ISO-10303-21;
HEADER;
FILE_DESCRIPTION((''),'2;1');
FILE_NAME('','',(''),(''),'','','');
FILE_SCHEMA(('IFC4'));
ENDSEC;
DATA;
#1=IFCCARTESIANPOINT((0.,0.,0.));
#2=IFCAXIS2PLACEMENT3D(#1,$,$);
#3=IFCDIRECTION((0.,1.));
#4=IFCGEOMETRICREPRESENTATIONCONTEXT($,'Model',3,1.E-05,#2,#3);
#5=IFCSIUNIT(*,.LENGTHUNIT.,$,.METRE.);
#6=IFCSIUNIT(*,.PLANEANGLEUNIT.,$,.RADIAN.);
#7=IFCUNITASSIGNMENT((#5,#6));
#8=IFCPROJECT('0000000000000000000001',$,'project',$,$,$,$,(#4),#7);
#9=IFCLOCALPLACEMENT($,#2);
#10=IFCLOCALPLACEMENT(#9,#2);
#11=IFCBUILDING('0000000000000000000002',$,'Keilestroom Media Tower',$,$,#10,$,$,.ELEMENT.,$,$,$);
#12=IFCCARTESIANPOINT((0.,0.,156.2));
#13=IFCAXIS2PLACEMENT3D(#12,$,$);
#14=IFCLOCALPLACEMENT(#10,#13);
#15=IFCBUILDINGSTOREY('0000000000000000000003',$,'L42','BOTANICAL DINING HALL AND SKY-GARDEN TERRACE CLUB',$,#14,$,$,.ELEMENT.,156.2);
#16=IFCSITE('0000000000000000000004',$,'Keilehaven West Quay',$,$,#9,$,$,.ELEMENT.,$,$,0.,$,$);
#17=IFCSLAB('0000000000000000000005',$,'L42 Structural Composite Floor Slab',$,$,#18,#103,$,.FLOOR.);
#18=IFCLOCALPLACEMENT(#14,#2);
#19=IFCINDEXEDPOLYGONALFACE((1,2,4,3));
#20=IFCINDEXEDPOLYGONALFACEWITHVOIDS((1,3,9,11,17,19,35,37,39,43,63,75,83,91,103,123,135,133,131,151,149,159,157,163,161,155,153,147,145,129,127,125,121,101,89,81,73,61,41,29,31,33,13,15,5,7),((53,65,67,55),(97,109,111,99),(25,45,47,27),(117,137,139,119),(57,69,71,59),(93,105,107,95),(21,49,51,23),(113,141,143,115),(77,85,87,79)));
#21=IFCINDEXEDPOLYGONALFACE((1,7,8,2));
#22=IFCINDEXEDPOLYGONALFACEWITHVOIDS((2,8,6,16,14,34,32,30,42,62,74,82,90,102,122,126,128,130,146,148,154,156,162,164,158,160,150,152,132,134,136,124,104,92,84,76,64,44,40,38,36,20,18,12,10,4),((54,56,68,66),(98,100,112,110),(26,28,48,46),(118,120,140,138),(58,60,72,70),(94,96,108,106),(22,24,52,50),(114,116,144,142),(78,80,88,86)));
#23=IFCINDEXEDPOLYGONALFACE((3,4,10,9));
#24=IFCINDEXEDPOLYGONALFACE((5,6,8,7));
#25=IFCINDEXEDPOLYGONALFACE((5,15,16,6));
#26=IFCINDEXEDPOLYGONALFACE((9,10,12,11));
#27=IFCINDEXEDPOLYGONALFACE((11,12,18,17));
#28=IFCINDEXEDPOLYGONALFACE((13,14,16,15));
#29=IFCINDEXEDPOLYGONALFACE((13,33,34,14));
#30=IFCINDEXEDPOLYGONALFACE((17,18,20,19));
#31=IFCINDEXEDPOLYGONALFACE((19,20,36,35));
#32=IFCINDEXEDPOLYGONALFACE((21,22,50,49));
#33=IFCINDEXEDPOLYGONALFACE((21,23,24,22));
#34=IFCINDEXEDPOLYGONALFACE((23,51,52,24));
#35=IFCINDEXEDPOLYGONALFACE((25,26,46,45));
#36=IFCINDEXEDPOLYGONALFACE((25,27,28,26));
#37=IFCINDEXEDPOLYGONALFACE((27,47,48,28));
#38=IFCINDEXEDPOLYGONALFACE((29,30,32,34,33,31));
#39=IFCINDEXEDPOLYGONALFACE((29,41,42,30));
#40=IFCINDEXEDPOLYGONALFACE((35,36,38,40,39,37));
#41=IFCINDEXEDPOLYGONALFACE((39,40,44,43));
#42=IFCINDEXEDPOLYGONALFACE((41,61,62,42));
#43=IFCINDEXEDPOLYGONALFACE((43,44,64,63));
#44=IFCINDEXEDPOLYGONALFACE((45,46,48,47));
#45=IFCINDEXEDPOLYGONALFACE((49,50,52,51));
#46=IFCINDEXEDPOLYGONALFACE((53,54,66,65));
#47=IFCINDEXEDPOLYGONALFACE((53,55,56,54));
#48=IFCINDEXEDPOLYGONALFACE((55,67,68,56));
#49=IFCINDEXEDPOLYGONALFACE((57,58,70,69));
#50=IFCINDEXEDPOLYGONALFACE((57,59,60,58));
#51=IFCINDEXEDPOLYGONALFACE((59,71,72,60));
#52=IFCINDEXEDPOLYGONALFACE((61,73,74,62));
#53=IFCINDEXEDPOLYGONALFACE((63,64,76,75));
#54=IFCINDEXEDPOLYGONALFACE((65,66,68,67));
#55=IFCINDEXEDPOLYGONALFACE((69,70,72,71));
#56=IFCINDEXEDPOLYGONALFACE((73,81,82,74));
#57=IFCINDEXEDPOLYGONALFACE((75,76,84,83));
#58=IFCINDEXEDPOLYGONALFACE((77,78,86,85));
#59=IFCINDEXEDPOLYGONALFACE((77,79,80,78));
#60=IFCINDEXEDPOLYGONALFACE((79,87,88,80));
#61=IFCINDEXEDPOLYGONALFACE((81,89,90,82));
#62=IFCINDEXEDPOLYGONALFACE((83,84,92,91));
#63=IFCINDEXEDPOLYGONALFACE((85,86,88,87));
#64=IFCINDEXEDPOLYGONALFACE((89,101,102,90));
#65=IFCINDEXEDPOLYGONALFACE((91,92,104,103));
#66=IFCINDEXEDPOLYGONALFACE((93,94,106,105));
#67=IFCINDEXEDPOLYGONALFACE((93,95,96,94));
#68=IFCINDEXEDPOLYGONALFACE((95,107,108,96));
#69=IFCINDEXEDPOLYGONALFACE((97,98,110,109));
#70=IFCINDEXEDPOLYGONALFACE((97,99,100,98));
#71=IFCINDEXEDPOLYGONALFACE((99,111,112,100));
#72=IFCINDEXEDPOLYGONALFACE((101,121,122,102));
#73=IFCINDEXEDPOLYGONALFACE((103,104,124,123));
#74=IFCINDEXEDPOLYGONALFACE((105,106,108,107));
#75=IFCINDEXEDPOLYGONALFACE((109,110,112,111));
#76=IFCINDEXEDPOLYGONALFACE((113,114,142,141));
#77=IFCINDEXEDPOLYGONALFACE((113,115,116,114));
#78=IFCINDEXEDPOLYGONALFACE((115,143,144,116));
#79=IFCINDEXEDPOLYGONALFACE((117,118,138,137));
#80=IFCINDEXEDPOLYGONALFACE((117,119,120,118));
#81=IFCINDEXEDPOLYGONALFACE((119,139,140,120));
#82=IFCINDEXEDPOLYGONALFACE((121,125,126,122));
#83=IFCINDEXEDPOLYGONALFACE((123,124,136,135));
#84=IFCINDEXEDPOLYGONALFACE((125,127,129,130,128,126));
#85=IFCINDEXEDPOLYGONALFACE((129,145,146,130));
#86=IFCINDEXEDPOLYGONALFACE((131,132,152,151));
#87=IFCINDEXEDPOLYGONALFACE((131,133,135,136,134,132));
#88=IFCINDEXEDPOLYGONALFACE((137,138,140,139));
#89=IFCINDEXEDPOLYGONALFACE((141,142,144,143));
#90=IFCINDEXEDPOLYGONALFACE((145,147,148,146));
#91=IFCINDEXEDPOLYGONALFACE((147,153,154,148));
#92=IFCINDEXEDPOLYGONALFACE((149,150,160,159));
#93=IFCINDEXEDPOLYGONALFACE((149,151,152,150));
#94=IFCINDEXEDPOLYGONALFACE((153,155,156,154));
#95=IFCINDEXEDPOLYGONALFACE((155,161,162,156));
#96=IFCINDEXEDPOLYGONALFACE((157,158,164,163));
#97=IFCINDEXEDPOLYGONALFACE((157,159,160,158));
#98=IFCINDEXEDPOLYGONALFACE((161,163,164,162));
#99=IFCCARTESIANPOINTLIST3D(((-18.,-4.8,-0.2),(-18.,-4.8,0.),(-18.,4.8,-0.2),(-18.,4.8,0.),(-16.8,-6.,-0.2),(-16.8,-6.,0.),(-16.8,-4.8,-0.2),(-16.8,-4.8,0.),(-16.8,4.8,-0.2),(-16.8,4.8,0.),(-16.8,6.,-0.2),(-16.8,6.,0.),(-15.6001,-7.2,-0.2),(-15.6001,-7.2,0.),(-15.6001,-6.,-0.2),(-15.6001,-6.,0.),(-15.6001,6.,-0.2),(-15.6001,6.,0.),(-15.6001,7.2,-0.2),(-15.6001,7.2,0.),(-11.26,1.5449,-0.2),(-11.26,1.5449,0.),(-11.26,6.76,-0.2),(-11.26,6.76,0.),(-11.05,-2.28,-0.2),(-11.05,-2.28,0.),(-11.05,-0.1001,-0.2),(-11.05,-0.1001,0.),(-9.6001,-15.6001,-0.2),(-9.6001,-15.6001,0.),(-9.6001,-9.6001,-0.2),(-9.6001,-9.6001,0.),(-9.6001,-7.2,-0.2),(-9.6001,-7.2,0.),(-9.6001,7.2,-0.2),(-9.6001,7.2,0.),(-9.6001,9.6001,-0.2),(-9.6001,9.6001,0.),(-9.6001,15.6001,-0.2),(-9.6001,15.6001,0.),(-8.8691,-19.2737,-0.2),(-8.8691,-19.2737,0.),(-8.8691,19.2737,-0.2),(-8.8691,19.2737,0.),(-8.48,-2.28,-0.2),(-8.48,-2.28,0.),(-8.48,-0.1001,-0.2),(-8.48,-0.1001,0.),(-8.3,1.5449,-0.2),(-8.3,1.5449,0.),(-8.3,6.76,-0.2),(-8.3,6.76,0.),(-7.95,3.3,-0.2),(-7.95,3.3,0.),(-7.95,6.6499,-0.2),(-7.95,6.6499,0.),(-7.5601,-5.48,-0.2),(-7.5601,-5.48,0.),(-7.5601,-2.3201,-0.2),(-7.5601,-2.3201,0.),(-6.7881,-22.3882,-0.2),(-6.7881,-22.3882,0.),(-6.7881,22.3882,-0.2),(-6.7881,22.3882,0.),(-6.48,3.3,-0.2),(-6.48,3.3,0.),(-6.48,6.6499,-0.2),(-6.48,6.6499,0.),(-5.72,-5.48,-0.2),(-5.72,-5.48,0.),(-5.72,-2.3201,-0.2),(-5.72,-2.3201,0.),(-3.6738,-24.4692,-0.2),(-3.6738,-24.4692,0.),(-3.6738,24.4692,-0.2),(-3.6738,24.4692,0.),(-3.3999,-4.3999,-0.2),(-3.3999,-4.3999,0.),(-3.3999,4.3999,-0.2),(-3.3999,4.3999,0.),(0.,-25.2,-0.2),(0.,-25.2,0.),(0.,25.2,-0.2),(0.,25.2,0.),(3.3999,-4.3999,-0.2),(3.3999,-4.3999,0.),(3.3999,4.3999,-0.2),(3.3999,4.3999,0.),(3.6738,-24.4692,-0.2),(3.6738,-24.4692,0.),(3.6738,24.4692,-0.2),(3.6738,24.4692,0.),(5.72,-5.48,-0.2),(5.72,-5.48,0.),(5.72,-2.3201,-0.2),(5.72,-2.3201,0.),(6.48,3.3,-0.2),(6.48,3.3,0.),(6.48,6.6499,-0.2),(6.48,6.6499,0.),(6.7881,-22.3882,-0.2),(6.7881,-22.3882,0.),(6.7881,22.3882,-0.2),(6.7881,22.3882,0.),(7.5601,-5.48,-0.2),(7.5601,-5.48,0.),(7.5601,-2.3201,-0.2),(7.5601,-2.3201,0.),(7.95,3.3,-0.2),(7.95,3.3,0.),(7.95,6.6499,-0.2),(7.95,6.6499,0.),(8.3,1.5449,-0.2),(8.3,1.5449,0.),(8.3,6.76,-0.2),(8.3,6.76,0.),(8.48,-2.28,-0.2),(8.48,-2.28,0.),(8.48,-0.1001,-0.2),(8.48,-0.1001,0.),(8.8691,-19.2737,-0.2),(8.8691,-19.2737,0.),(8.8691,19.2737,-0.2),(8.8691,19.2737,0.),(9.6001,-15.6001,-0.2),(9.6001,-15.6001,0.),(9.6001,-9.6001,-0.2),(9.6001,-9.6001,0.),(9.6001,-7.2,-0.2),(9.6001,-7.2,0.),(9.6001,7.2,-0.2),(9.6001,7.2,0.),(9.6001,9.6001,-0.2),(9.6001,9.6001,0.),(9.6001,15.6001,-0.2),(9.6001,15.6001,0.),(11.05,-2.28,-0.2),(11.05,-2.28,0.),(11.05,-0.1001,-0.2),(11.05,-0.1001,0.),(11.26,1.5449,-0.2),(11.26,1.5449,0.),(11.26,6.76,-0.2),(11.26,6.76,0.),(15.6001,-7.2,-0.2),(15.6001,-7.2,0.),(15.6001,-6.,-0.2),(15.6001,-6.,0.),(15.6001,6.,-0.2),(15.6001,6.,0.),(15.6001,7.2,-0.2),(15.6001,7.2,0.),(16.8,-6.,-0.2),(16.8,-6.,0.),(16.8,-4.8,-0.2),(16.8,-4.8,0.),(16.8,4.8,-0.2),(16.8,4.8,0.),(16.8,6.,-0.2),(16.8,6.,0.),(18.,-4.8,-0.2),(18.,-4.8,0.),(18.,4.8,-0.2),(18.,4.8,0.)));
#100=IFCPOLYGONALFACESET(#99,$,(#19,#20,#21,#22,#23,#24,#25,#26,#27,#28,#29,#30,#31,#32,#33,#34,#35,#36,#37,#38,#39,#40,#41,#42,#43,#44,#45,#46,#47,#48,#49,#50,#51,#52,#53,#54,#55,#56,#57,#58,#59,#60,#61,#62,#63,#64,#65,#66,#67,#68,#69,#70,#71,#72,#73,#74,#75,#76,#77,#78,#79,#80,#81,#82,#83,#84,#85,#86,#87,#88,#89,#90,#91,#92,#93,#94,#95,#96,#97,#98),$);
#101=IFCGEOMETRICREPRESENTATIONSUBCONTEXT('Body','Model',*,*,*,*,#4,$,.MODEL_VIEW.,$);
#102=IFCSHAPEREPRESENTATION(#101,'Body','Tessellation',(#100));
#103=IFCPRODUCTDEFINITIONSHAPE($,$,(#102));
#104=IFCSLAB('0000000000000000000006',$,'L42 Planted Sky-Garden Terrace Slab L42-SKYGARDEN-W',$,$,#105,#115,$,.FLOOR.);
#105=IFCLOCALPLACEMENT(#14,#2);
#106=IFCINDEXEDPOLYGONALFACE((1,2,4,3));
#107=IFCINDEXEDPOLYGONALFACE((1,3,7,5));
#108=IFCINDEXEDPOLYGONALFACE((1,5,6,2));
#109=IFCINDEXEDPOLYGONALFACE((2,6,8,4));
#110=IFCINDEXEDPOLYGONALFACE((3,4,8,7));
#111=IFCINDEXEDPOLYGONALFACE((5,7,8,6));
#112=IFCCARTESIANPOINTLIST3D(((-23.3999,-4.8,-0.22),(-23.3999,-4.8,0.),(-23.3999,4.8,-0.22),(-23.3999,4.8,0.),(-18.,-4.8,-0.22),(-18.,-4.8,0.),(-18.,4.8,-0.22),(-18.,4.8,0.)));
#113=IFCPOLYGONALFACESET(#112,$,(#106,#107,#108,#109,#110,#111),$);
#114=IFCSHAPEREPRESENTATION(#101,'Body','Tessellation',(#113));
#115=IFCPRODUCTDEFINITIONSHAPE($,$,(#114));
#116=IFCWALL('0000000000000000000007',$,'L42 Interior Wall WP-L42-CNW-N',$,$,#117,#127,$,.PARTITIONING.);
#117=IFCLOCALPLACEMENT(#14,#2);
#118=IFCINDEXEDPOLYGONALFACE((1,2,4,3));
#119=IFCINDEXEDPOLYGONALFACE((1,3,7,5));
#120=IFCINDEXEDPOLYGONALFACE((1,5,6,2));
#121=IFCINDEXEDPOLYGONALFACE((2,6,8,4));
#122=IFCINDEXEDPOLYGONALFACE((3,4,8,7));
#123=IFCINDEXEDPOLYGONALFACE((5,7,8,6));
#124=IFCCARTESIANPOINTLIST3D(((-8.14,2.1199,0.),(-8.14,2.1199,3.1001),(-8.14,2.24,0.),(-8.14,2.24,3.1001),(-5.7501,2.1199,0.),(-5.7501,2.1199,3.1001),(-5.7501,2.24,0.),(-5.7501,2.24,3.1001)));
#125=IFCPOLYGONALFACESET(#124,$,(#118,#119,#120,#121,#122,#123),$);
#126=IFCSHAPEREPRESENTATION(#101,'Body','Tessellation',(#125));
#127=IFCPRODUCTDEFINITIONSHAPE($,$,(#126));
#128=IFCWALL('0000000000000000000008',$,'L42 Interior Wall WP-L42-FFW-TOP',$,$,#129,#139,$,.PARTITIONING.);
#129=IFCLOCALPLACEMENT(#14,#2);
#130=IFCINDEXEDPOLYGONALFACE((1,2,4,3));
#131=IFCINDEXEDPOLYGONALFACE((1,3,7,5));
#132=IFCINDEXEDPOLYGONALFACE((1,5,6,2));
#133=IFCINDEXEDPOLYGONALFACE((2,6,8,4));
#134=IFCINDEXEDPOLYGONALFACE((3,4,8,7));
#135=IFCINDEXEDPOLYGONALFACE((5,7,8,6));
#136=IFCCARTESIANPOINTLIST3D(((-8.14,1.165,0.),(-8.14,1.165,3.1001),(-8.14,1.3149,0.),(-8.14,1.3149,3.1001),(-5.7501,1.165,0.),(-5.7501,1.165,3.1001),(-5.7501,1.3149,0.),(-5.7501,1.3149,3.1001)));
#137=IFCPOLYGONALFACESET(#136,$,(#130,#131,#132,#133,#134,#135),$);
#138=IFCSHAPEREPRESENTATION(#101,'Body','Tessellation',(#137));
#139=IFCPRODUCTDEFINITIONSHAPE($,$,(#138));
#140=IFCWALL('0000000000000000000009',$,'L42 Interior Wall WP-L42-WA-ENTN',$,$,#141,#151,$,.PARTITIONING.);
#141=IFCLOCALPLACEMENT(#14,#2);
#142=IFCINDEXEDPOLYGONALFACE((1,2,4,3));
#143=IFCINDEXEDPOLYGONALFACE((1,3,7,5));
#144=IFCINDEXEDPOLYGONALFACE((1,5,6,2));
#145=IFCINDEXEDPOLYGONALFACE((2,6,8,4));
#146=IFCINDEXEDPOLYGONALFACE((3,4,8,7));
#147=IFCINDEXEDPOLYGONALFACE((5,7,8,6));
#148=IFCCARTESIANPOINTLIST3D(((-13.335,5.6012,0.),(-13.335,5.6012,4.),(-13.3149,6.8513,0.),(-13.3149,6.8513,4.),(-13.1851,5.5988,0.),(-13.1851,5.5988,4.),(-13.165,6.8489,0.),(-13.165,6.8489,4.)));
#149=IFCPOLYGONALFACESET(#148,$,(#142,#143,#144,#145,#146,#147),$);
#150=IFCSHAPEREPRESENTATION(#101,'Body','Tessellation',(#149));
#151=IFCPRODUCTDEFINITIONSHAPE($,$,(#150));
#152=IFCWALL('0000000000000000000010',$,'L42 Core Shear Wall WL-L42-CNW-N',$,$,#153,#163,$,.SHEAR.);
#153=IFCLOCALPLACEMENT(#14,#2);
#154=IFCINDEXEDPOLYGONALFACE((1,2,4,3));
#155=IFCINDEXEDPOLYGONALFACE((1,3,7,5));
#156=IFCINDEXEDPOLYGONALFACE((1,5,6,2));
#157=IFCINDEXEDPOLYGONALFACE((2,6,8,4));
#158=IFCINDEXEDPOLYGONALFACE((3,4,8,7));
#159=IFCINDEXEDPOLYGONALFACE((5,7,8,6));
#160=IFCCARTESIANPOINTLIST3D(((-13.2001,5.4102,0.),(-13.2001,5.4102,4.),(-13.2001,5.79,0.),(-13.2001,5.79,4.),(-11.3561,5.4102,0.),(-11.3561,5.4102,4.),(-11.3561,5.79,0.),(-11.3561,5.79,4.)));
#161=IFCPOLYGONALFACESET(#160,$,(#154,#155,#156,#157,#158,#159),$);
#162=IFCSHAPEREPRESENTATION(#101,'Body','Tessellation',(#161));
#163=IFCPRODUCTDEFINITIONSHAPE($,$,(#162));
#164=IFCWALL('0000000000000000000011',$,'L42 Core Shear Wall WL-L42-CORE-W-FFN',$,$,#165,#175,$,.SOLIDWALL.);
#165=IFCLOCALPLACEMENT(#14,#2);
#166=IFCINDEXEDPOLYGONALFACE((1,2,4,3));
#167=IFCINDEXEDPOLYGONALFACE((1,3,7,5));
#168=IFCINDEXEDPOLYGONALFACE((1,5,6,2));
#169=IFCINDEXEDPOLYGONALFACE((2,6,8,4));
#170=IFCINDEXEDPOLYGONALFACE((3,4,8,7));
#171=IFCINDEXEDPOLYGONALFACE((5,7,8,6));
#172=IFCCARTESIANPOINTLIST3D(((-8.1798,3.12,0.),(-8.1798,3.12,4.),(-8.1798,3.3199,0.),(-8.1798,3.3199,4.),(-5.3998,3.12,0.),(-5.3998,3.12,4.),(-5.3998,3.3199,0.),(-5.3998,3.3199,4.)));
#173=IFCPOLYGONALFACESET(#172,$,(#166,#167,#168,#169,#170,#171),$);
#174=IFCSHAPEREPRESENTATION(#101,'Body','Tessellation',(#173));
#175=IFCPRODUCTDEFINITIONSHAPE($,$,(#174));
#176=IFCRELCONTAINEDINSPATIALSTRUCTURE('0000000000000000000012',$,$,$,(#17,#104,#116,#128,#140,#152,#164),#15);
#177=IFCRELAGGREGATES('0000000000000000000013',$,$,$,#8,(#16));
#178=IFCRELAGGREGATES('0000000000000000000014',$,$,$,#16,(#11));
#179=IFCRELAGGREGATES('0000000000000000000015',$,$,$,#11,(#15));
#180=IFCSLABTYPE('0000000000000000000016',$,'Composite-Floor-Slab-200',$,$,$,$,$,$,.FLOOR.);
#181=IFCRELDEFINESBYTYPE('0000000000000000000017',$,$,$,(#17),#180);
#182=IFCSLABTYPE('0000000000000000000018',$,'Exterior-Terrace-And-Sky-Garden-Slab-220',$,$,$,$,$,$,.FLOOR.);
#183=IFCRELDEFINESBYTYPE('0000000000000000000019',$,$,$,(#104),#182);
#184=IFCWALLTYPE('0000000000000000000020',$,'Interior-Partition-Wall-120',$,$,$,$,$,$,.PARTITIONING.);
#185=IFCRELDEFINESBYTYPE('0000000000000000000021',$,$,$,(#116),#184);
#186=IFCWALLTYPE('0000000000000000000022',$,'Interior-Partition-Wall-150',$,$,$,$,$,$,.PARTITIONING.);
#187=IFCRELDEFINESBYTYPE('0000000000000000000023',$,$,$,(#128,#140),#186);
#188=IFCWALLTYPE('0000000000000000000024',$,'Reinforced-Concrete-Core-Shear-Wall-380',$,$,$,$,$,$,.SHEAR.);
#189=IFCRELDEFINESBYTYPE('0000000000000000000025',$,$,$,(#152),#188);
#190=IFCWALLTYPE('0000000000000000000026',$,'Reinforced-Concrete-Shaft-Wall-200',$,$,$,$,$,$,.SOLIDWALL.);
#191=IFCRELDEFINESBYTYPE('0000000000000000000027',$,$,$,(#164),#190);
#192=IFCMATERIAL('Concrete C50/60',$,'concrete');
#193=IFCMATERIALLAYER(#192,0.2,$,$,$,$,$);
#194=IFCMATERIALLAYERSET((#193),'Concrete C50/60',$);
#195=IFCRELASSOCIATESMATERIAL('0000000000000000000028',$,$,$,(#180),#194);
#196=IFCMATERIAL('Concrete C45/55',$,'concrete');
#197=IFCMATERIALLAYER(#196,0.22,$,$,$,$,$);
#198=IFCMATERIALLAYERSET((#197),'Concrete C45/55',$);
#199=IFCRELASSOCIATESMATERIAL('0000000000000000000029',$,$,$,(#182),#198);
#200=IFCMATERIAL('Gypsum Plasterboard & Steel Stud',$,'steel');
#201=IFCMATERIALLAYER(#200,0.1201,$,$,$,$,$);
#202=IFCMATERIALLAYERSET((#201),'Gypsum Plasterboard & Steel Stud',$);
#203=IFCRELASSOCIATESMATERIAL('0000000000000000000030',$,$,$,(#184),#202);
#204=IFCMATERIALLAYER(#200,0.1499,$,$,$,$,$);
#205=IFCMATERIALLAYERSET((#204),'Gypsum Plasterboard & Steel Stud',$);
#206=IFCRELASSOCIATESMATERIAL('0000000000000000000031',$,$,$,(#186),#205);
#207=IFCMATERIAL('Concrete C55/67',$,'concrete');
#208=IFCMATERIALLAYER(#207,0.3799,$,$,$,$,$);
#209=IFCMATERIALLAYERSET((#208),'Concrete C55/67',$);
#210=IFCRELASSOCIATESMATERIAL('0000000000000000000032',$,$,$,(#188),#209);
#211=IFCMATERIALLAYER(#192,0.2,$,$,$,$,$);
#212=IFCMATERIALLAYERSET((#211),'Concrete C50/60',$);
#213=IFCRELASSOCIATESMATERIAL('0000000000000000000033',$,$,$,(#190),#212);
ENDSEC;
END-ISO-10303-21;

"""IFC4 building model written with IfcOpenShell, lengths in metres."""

from ifc_helpers import new_model, si_unit, direction, frame, frame_2d, origin, place, context, subcontext, project, spatial, polyline, rectangle, outline, extrude, material, layer, layer_set, type_object, element, save


model = new_model("IFC4")

# Units and contexts
model_context = context("Model", 3, precision=1e-05, world=origin(), true_north=direction((0.0, 1.0)))
body_context = subcontext(model_context, "Body", "Model", "MODEL_VIEW")
ifc_project = project(units=[si_unit("LENGTHUNIT", "METRE"), si_unit("PLANEANGLEUNIT", "RADIAN")], contexts=[model_context])

# Site, building, storey
site_placement = place(None, origin())
site = spatial("IfcSite", under=ifc_project, at=site_placement, Name="Keilehaven West Quay", CompositionType="ELEMENT", RefElevation=0.0)
building_placement = place(site_placement, origin())
building = spatial("IfcBuilding", under=site, at=building_placement, Name="Keilestroom Media Tower", CompositionType="ELEMENT")
storey_placement = place(building_placement, frame((0.0, 0.0, 156.2)))
storey = spatial("IfcBuildingStorey", under=building, at=storey_placement, Name="L42", Description="BOTANICAL DINING HALL AND SKY-GARDEN TERRACE CLUB", CompositionType="ELEMENT", Elevation=156.2)

# Shared definitions
ifc_material_1 = material(Name="Concrete C55/67", Category="concrete")

# Slabs
ifc_material_2 = material(Name="Concrete C50/60", Category="concrete")
ifc_layer_1 = layer(ifc_material_2, 0.2)
ifc_layer_set_1 = layer_set([ifc_layer_1], Name="Concrete C50/60")
slab_type_1 = type_object("IfcSlabType", Name="Composite-Floor-Slab-200", PredefinedType="FLOOR", material=ifc_layer_set_1)
slab_1_placement = place(storey_placement, frame((0.0, 0.0, -0.2)))
element("IfcSlab", 1, at=slab_1_placement, inside=storey, type_object=slab_type_1, Name="L42 Structural Composite Floor Slab", PredefinedType="FLOOR", context=body_context, shape_type="SweptSolid", body=[
    extrude(outline(polyline([(18.0, -4.8), (18.0, 4.8), (16.8, 4.8), (16.8, 6.0), (15.6001, 6.0), (15.6001, 7.2), (9.6001, 7.2), (9.6001, 9.6001), (9.6001, 15.6001), (8.8691, 19.2737), (6.7881, 22.3882), (3.6738, 24.4692), (0.0, 25.2), (-3.6738, 24.4692), (-6.7881, 22.3882), (-8.8691, 19.2737), (-9.6001, 15.6001), (-9.6001, 9.6001), (-9.6001, 7.2), (-15.6001, 7.2), (-15.6001, 6.0), (-16.8, 6.0), (-16.8, 4.8), (-18.0, 4.8), (-18.0, -4.8), (-16.8, -4.8), (-16.8, -6.0), (-15.6001, -6.0), (-15.6001, -7.2), (-9.6001, -7.2), (-9.6001, -9.6001), (-9.6001, -15.6001), (-8.8691, -19.2737), (-6.7881, -22.3882), (-3.6738, -24.4692), (0.0, -25.2), (3.6738, -24.4692), (6.7881, -22.3882), (8.8691, -19.2737), (9.6001, -15.6001), (9.6001, -9.6001), (9.6001, -7.2), (15.6001, -7.2), (15.6001, -6.0), (16.8, -6.0), (16.8, -4.8), (18.0, -4.8)]), holes=[polyline([(-11.26, 1.5449), (-11.26, 6.76), (-8.3, 6.76), (-8.3, 1.5449), (-11.26, 1.5449)]), polyline([(-11.05, -2.28), (-11.05, -0.1001), (-8.48, -0.1001), (-8.48, -2.28), (-11.05, -2.28)]), polyline([(-7.95, 3.3), (-7.95, 6.6499), (-6.48, 6.6499), (-6.48, 3.3), (-7.95, 3.3)]), polyline([(-7.5601, -2.3201), (-5.72, -2.3201), (-5.72, -5.48), (-7.5601, -5.48), (-7.5601, -2.3201)]), polyline([(3.3999, -4.3999), (-3.3999, -4.3999), (-3.3999, 4.3999), (3.3999, 4.3999), (3.3999, -4.3999)]), polyline([(7.5601, -2.3201), (7.5601, -5.48), (5.72, -5.48), (5.72, -2.3201), (7.5601, -2.3201)]), polyline([(6.48, 3.3), (6.48, 6.6499), (7.95, 6.6499), (7.95, 3.3), (6.48, 3.3)]), polyline([(8.3, 1.5449), (8.3, 6.76), (11.26, 6.76), (11.26, 1.5449), (8.3, 1.5449)]), polyline([(8.48, -2.28), (8.48, -0.1001), (11.05, -0.1001), (11.05, -2.28), (8.48, -2.28)])]), origin(), (0.0, 0.0, 1.0), 0.2),
])
ifc_material_3 = material(Name="Concrete C45/55", Category="concrete")
ifc_layer_2 = layer(ifc_material_3, 0.22)
ifc_layer_set_2 = layer_set([ifc_layer_2], Name="Concrete C45/55")
slab_type_2 = type_object("IfcSlabType", Name="Exterior-Terrace-And-Sky-Garden-Slab-220", PredefinedType="FLOOR", material=ifc_layer_set_2)
slab_2_placement = place(storey_placement, frame((0.0, 0.0, -0.22)))
element("IfcSlab", 2, at=slab_2_placement, inside=storey, type_object=slab_type_2, Name="L42 Planted Sky-Garden Terrace Slab L42-SKYGARDEN-W", PredefinedType="FLOOR", context=body_context, shape_type="SweptSolid", body=[
    extrude(outline(polyline([(-23.3999, -4.8), (-18.0, -4.8), (-18.0, 4.8), (-23.3999, 4.8), (-23.3999, -4.8)])), origin(), (0.0, 0.0, 1.0), 0.22),
])

# Walls
ifc_material_4 = material(Name="Gypsum Plasterboard & Steel Stud", Category="steel")
ifc_layer_3 = layer(ifc_material_4, 0.1201)
ifc_layer_set_3 = layer_set([ifc_layer_3], Name="Gypsum Plasterboard & Steel Stud")
wall_type_1 = type_object("IfcWallType", Name="Interior-Partition-Wall-120", PredefinedType="PARTITIONING", material=ifc_layer_set_3)
wall_1_placement = place(storey_placement, frame((-8.1399, 2.1799, 0.0), z_axis=(0.0, 0.0, 1.0), x_axis=(1.0, 0.0, 0.0)))
element("IfcWall", 3, at=wall_1_placement, inside=storey, type_object=wall_type_1, Name="L42 Interior Wall WP-L42-CNW-N", PredefinedType="PARTITIONING", context=body_context, shape_type="SweptSolid", body=[
    extrude(rectangle(XDim=2.3899, YDim=0.1201, at=frame_2d((1.1948, 0.0))), origin(), (0.0, 0.0, 1.0), 3.1001),
])
ifc_layer_4 = layer(ifc_material_4, 0.1499)
ifc_layer_set_4 = layer_set([ifc_layer_4], Name="Gypsum Plasterboard & Steel Stud")
wall_type_2 = type_object("IfcWallType", Name="Interior-Partition-Wall-150", PredefinedType="PARTITIONING", material=ifc_layer_set_4)
wall_2_placement = place(storey_placement, frame((-8.1399, 1.24, 0.0), z_axis=(0.0, 0.0, 1.0), x_axis=(1.0, 0.0, 0.0)))
element("IfcWall", 4, at=wall_2_placement, inside=storey, type_object=wall_type_2, Name="L42 Interior Wall WP-L42-FFW-TOP", PredefinedType="PARTITIONING", context=body_context, shape_type="SweptSolid", body=[
    extrude(rectangle(XDim=2.3899, YDim=0.1499, at=frame_2d((1.1948, 0.0))), origin(), (0.0, 0.0, 1.0), 3.1001),
])
wall_3_placement = place(storey_placement, frame((-13.26, 5.6001, 0.0), z_axis=(0.0, 0.0, 1.0), x_axis=(0.016014, 0.999872, 0.0)))
element("IfcWall", 5, at=wall_3_placement, inside=storey, type_object=wall_type_2, Name="L42 Interior Wall WP-L42-WA-ENTN", PredefinedType="PARTITIONING", context=body_context, shape_type="SweptSolid", body=[
    extrude(rectangle(XDim=1.2502, YDim=0.1499, at=frame_2d((0.625, 0.0))), origin(), (0.0, 0.0, 1.0), 4.0),
])
ifc_layer_5 = layer(ifc_material_1, 0.3799)
ifc_layer_set_5 = layer_set([ifc_layer_5], Name="Concrete C55/67")
wall_type_3 = type_object("IfcWallType", Name="Reinforced-Concrete-Core-Shear-Wall-380", PredefinedType="SHEAR", material=ifc_layer_set_5)
wall_4_placement = place(storey_placement, frame((-13.2, 5.6001, 0.0), z_axis=(0.0, 0.0, 1.0), x_axis=(1.0, 0.0, 0.0)))
element("IfcWall", 6, at=wall_4_placement, inside=storey, type_object=wall_type_3, Name="L42 Core Shear Wall WL-L42-CNW-N", PredefinedType="SHEAR", context=body_context, shape_type="SweptSolid", body=[
    extrude(rectangle(XDim=1.844, YDim=0.3799, at=frame_2d((0.9219, 0.0))), origin(), (0.0, 0.0, 1.0), 4.0),
])
ifc_layer_6 = layer(ifc_material_2, 0.2)
ifc_layer_set_6 = layer_set([ifc_layer_6], Name="Concrete C50/60")
wall_type_4 = type_object("IfcWallType", Name="Reinforced-Concrete-Shaft-Wall-200", PredefinedType="SOLIDWALL", material=ifc_layer_set_6)
wall_5_placement = place(storey_placement, frame((-8.1799, 3.22, 0.0), z_axis=(0.0, 0.0, 1.0), x_axis=(1.0, 0.0, 0.0)))
element("IfcWall", 7, at=wall_5_placement, inside=storey, type_object=wall_type_4, Name="L42 Core Shear Wall WL-L42-CORE-W-FFN", PredefinedType="SOLIDWALL", context=body_context, shape_type="SweptSolid", body=[
    extrude(rectangle(XDim=2.78, YDim=0.2, at=frame_2d((1.3901, 0.0))), origin(), (0.0, 0.0, 1.0), 4.0),
])

save(model, "model.ifc")
